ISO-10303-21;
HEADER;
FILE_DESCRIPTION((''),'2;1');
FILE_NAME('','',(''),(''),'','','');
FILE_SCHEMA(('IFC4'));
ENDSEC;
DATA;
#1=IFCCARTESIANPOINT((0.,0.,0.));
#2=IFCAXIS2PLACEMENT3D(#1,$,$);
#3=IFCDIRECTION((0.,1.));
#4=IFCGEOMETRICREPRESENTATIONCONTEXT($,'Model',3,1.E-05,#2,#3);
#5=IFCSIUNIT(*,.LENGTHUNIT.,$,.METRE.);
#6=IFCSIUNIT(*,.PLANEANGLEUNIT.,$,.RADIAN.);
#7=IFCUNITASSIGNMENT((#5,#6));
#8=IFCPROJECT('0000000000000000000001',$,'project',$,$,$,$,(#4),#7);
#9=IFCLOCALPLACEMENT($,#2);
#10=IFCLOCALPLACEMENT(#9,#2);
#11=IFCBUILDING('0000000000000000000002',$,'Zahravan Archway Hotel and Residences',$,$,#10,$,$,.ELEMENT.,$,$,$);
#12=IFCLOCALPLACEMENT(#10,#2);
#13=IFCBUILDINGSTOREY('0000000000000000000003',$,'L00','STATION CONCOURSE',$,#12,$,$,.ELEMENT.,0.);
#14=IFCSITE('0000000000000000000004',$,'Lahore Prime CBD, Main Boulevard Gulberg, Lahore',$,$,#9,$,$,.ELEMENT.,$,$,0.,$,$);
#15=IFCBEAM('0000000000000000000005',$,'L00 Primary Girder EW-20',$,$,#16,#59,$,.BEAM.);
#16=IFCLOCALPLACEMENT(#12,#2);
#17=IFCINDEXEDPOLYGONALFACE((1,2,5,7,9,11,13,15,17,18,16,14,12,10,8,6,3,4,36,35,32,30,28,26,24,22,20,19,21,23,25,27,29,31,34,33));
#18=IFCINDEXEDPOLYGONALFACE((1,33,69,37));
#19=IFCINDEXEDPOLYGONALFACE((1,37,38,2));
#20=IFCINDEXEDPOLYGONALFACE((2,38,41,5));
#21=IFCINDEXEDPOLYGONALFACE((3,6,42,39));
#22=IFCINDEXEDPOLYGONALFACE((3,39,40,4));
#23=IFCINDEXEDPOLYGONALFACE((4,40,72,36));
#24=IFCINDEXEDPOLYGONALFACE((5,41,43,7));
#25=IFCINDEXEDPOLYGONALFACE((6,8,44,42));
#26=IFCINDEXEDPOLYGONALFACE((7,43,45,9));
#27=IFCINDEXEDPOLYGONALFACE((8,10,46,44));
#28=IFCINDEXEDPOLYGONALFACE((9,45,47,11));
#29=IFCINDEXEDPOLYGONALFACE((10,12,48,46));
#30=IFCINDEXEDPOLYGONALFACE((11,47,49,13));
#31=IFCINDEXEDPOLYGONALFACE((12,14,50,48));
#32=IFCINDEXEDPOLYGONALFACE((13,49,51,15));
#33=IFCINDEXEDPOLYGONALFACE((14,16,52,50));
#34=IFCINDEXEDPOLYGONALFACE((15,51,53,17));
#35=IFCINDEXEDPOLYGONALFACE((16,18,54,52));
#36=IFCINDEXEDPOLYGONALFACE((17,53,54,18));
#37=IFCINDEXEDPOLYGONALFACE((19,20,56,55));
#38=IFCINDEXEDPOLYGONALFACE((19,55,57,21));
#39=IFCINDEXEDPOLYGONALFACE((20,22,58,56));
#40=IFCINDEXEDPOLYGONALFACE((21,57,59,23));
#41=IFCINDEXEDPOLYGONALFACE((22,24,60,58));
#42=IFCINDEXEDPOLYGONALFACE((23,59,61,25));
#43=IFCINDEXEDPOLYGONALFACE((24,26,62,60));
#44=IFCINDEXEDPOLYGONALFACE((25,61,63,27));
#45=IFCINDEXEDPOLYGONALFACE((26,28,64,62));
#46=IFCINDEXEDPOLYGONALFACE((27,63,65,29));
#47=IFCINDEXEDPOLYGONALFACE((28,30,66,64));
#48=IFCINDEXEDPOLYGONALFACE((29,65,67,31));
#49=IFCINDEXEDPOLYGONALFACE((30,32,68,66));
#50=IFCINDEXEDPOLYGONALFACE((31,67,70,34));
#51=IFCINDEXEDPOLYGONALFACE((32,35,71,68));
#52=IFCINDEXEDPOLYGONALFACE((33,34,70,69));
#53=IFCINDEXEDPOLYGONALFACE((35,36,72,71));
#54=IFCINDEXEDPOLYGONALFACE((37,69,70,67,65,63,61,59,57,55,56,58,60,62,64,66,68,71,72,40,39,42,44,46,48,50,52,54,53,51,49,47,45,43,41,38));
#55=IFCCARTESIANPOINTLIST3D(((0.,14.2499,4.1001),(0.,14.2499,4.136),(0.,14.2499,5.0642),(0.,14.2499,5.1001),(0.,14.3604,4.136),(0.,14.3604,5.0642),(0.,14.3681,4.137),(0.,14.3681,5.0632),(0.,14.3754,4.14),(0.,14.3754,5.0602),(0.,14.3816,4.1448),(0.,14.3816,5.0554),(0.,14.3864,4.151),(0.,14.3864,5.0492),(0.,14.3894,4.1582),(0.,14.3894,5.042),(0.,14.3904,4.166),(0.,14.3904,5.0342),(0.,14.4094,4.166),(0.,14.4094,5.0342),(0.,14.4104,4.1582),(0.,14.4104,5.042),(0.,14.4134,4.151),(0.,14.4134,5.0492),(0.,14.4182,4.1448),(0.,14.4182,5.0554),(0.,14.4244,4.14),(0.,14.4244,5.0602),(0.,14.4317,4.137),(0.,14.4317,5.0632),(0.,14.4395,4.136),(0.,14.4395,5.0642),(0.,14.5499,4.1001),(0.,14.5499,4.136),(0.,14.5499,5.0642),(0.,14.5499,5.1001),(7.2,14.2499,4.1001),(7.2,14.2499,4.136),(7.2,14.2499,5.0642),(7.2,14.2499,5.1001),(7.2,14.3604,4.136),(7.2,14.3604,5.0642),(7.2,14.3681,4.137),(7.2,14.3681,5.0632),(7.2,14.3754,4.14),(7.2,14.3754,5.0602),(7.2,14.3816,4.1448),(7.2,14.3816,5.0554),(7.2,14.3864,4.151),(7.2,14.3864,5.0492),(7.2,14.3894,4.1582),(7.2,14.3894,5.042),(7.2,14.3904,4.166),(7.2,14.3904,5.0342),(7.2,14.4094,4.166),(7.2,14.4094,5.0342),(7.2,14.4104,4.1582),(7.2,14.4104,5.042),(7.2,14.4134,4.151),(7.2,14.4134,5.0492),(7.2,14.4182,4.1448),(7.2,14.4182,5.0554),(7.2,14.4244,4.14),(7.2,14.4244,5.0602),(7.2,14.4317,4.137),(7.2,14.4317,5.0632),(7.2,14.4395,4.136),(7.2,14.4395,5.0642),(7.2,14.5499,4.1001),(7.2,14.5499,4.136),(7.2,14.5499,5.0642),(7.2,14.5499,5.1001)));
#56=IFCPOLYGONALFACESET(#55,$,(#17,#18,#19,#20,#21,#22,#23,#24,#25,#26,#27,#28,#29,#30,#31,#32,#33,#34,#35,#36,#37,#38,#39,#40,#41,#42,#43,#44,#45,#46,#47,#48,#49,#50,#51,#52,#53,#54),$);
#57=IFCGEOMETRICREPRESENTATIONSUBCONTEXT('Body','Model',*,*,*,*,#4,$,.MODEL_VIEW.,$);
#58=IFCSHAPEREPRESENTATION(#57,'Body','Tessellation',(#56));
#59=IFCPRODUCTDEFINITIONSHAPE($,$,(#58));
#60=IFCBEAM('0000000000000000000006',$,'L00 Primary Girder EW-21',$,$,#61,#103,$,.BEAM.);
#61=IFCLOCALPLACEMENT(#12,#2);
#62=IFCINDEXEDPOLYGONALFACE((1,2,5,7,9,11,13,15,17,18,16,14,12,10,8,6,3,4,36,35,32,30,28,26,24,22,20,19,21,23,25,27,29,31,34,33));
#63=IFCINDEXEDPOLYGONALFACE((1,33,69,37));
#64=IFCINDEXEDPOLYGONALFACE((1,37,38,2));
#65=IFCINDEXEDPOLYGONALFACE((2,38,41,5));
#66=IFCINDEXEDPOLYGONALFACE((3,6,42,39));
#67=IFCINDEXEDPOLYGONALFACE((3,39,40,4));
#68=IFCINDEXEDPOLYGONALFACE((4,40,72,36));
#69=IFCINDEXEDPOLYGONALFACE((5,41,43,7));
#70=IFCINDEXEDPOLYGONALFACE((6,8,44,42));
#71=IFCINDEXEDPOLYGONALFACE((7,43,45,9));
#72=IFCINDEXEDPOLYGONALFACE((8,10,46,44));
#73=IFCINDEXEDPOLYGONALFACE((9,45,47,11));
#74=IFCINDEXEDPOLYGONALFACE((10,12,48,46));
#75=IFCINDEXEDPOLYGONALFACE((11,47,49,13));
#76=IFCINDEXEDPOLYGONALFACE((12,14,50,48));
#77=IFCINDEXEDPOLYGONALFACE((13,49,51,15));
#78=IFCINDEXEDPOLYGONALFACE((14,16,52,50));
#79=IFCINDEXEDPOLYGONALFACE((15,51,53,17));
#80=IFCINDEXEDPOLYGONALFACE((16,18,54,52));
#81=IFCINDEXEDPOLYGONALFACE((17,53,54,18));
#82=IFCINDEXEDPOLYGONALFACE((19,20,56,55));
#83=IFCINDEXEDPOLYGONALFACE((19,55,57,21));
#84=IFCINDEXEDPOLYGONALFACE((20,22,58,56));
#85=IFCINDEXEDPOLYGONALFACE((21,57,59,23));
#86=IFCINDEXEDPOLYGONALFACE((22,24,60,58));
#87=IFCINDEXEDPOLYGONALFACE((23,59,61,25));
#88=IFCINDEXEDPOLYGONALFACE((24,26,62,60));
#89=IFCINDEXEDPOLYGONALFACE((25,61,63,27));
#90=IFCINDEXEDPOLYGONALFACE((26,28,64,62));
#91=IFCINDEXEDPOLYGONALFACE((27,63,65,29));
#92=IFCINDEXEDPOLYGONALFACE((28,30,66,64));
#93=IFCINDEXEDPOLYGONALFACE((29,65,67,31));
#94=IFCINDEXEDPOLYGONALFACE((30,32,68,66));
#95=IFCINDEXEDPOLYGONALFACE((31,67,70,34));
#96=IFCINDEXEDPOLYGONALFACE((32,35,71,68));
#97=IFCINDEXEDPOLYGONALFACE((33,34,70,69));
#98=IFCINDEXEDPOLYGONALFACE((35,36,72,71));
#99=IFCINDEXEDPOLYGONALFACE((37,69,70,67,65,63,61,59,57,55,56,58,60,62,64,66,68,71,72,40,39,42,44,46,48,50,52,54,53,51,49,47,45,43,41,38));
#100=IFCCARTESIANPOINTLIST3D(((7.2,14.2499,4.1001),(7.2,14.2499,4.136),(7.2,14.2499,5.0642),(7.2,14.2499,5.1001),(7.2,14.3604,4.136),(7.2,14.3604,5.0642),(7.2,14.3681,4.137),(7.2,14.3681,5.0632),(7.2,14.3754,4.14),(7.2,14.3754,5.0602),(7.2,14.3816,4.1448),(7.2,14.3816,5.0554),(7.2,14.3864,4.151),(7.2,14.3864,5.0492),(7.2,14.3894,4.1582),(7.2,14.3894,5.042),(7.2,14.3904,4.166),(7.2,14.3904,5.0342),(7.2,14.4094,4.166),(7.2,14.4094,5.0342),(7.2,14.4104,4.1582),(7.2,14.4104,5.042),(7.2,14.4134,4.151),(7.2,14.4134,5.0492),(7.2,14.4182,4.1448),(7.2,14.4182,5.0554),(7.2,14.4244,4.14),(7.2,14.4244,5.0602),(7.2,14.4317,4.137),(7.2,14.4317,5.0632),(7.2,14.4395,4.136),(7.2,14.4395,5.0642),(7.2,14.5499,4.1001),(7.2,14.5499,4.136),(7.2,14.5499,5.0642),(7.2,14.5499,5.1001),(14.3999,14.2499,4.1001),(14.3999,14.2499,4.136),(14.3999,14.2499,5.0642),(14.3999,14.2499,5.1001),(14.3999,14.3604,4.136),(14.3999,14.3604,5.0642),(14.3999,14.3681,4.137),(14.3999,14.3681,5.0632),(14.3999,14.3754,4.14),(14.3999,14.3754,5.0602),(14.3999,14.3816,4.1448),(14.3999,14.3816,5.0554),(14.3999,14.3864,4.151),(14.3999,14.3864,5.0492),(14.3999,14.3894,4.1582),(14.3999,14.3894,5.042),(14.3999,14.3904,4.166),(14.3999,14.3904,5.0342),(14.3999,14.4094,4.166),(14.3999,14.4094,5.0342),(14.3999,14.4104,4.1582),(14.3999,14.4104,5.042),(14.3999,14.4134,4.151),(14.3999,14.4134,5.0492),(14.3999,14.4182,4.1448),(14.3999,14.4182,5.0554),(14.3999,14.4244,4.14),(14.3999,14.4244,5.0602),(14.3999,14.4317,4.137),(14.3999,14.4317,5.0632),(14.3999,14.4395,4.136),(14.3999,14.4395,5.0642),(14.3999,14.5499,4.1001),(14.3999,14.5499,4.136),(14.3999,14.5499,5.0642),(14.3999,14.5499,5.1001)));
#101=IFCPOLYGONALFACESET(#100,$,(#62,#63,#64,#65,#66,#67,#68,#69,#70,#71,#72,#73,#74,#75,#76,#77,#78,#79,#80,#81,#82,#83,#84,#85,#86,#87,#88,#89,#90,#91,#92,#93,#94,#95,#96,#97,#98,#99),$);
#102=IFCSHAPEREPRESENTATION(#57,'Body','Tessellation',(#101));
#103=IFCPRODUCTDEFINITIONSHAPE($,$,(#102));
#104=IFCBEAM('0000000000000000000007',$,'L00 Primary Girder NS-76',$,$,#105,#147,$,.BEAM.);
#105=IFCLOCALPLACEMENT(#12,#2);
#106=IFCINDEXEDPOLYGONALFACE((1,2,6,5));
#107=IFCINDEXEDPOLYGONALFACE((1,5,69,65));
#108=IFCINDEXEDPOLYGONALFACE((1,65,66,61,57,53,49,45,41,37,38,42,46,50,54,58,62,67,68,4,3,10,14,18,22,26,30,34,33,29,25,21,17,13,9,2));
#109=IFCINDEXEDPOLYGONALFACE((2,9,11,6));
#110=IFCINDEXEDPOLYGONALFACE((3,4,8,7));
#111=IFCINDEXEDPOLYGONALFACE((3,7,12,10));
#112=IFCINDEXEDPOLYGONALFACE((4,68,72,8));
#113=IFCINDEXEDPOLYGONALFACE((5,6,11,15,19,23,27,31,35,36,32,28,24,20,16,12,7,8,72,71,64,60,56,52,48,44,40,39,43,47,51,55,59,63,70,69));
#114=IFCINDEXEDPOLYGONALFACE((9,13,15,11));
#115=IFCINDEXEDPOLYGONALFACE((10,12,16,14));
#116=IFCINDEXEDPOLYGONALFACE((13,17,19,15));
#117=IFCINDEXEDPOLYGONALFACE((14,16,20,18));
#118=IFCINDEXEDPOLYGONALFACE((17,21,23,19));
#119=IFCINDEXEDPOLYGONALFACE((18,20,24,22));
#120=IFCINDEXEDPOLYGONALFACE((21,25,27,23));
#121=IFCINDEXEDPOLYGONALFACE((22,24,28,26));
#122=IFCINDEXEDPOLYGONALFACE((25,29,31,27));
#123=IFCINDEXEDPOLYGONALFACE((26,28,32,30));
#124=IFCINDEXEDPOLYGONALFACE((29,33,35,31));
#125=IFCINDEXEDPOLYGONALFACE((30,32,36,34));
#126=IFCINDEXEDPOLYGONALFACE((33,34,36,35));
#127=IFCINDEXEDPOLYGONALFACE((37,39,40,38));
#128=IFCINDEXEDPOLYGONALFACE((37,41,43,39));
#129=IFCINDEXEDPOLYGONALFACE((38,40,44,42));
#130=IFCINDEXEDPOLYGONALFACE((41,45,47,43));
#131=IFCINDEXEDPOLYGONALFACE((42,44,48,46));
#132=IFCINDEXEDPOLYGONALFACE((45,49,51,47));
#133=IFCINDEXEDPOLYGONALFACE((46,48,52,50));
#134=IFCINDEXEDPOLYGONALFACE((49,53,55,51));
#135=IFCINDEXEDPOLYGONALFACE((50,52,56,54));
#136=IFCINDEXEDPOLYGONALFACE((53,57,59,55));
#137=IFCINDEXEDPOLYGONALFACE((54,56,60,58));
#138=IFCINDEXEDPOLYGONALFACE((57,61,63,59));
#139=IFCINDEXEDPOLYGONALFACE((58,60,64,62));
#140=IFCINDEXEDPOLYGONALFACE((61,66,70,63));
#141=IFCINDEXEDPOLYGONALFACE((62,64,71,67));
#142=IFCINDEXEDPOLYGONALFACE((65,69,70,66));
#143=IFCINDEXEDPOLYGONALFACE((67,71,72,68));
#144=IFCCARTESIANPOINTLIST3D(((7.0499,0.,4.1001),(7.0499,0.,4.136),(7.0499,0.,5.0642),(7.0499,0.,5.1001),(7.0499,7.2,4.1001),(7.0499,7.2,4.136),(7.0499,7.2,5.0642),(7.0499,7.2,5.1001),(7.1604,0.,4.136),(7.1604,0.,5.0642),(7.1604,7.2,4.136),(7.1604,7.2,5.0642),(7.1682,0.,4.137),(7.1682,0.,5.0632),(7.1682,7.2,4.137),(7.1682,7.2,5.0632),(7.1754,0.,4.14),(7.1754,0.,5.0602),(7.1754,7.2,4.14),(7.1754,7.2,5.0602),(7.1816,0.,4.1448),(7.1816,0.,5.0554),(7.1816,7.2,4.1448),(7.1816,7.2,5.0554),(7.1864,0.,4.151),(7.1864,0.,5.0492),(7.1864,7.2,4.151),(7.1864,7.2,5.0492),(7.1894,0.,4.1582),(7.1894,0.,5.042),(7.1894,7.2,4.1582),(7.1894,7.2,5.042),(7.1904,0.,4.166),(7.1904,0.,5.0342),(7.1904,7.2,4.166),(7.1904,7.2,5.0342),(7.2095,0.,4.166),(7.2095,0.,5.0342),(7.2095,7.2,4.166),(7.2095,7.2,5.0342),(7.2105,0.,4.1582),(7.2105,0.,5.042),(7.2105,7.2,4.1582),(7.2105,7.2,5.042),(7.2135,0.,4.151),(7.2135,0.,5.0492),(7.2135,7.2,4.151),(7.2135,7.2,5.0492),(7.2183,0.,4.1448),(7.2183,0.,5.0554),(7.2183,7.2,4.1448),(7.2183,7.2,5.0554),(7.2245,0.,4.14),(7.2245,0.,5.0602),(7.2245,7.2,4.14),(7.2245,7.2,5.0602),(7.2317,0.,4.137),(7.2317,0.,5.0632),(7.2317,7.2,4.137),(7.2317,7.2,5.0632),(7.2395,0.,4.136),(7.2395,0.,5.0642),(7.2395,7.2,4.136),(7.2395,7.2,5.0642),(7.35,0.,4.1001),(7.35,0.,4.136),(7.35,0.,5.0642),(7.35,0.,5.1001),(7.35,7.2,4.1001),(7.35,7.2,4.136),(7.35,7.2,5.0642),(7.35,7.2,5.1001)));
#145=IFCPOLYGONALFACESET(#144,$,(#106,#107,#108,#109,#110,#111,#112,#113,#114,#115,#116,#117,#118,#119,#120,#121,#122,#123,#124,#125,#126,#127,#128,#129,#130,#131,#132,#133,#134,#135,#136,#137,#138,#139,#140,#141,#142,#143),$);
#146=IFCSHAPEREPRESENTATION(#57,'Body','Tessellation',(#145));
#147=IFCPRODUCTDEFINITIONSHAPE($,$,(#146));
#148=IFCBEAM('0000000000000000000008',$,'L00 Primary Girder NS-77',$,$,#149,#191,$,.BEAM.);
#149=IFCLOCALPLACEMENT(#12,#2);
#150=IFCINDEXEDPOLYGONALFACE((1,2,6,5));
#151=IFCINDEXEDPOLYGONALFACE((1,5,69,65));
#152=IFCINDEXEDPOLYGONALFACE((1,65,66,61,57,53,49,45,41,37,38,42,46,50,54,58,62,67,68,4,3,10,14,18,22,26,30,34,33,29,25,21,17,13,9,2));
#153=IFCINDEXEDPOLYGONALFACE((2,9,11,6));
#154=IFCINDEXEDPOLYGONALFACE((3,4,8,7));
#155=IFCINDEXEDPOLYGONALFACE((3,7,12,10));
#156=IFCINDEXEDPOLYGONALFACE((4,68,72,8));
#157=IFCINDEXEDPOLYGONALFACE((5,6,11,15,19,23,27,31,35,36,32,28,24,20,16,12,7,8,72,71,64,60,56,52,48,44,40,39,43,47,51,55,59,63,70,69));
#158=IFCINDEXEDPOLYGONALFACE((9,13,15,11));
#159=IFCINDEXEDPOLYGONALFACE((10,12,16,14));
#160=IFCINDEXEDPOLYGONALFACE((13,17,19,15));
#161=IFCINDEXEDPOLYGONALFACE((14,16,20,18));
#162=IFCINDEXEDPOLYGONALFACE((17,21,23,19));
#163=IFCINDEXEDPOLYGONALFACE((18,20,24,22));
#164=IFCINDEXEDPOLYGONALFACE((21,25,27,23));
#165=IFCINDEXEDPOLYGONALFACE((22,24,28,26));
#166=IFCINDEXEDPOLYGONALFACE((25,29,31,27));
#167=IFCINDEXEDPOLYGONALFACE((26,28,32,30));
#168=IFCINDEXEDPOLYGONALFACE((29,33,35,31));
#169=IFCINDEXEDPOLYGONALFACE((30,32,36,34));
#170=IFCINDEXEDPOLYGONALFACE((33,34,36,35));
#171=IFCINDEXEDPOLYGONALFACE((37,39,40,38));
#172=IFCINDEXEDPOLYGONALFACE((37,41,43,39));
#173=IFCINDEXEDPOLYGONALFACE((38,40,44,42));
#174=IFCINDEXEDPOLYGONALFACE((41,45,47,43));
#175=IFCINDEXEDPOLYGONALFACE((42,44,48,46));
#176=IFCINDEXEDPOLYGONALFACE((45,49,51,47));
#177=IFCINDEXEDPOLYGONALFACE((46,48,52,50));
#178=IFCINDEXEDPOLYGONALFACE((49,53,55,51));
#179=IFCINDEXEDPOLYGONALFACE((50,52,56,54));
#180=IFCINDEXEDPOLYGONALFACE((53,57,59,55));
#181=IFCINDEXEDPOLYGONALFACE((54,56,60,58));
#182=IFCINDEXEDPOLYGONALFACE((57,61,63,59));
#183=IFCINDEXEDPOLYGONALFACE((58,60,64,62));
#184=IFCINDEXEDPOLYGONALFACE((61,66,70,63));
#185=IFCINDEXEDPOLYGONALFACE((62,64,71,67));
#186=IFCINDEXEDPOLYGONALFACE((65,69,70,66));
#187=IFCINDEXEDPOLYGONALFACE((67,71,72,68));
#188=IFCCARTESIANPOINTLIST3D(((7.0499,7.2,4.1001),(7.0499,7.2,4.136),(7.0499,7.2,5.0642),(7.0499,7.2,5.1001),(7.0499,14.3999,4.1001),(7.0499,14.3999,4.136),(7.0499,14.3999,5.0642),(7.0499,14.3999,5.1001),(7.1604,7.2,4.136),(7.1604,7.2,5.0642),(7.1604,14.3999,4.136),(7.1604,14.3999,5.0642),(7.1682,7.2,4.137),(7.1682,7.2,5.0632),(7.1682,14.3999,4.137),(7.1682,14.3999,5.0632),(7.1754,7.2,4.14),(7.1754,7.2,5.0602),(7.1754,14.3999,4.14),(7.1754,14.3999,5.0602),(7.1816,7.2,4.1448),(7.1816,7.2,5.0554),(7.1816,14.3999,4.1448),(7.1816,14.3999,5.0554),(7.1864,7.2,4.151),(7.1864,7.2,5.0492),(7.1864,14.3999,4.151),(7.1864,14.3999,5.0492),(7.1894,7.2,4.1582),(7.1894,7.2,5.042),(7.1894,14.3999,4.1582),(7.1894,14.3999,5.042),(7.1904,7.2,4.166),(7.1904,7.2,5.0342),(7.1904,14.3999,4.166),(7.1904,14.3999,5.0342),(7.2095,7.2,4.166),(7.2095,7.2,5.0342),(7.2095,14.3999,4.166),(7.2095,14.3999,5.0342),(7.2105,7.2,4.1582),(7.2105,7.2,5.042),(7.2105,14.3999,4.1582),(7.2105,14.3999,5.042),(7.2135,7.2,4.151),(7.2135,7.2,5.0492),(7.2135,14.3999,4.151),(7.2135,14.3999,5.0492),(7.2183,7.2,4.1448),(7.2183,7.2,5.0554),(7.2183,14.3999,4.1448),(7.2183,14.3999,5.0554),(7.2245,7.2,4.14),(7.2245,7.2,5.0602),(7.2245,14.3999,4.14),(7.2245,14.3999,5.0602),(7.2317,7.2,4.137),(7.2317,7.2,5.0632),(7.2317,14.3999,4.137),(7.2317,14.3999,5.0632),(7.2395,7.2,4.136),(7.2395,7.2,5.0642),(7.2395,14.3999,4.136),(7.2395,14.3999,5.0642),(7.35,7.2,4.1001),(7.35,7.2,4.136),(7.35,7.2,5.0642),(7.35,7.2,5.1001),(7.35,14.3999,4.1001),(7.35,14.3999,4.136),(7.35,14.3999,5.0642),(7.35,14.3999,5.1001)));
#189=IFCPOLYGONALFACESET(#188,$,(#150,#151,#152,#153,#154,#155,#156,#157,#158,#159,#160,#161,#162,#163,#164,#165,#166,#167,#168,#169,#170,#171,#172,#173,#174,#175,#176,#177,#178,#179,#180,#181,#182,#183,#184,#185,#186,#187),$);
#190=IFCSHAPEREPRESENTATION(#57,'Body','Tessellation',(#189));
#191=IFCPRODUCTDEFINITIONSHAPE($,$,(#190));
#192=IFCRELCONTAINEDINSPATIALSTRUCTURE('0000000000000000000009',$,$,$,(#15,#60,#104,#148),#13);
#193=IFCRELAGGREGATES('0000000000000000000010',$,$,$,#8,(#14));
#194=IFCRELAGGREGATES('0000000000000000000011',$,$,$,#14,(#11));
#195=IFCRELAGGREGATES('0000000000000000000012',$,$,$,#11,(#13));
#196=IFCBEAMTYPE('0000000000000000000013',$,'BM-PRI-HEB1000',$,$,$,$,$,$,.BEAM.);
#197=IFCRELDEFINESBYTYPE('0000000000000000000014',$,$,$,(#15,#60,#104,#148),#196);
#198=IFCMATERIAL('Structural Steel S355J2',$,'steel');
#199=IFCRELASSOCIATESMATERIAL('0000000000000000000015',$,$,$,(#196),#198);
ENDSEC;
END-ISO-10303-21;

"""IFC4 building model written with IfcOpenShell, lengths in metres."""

from ifc_helpers import new_model, si_unit, direction, frame, origin, origin_2d, place, context, subcontext, project, spatial, i_section, extrude, source, transform, mapped, material, material_profile, profile_set, type_object, element, save


model = new_model("IFC4")

# Units and contexts
model_context = context("Model", 3, precision=1e-05, world=origin(), true_north=direction((0.0, 1.0)))
body_context = subcontext(model_context, "Body", "Model", "MODEL_VIEW")
ifc_project = project(units=[si_unit("LENGTHUNIT", "METRE"), si_unit("PLANEANGLEUNIT", "RADIAN")], contexts=[model_context])

# Site, building, storey
site_placement = place(None, origin())
site = spatial("IfcSite", under=ifc_project, at=site_placement, Name="Lahore Prime CBD, Main Boulevard Gulberg, Lahore", CompositionType="ELEMENT", RefElevation=0.0)
building_placement = place(site_placement, origin())
building = spatial("IfcBuilding", under=site, at=building_placement, Name="Zahravan Archway Hotel and Residences", CompositionType="ELEMENT")
storey_placement = place(building_placement, origin())
storey = spatial("IfcBuildingStorey", under=building, at=storey_placement, Name="L00", Description="STATION CONCOURSE", CompositionType="ELEMENT", Elevation=0.0)

# Beams
ifc_material_1 = material(Name="Structural Steel S355J2", Category="steel")
ifc_material_profile_1 = material_profile(ifc_material_1, i_section(OverallWidth=0.3, OverallDepth=1.0, WebThickness=0.019, FlangeThickness=0.0359, FilletRadius=0.03, at=origin_2d()), Name="HEB 1000", Category="steel")
ifc_profile_set_1 = profile_set([ifc_material_profile_1], Name="Structural Steel S355J2")
beam_type_1 = type_object("IfcBeamType", Name="BM-PRI-HEB1000", PredefinedType="BEAM", material=ifc_profile_set_1)
shared_shape_1 = source(origin(), body_context, "Body", "SweptSolid", [
    extrude(i_section(OverallWidth=0.3, OverallDepth=1.0, WebThickness=0.019, FlangeThickness=0.0359, FilletRadius=0.03, at=origin_2d()), origin(), (0.0, 0.0, 1.0), 7.2),
])
for number, where, z_axis, x_axis, name in (
    (1, (0.0, 14.3999, 4.6001), (1.0, 0.0, 0.0), (0.0, 1.0, 0.0), "L00 Primary Girder EW-20"),
    (2, (7.2, 14.3999, 4.6001), (1.0, 0.0, 0.0), (0.0, 1.0, 0.0), "L00 Primary Girder EW-21"),
    (3, (7.2, 0.0, 4.6001), (0.0, 1.0, 0.0), (-1.0, 0.0, 0.0), "L00 Primary Girder NS-76"),
    (4, (7.2, 7.2, 4.6001), (0.0, 1.0, 0.0), (-1.0, 0.0, 0.0), "L00 Primary Girder NS-77"),
):
    element("IfcBeam", number, at=place(storey_placement, frame(where, z_axis=z_axis, x_axis=x_axis)), inside=storey, type_object=beam_type_1, Name=name, PredefinedType="BEAM", context=body_context, shape_type="MappedRepresentation", body=[
        mapped(shared_shape_1, transform((0.0, 0.0, 0.0), scale=1.0)),
    ])

save(model, "model.ifc")
